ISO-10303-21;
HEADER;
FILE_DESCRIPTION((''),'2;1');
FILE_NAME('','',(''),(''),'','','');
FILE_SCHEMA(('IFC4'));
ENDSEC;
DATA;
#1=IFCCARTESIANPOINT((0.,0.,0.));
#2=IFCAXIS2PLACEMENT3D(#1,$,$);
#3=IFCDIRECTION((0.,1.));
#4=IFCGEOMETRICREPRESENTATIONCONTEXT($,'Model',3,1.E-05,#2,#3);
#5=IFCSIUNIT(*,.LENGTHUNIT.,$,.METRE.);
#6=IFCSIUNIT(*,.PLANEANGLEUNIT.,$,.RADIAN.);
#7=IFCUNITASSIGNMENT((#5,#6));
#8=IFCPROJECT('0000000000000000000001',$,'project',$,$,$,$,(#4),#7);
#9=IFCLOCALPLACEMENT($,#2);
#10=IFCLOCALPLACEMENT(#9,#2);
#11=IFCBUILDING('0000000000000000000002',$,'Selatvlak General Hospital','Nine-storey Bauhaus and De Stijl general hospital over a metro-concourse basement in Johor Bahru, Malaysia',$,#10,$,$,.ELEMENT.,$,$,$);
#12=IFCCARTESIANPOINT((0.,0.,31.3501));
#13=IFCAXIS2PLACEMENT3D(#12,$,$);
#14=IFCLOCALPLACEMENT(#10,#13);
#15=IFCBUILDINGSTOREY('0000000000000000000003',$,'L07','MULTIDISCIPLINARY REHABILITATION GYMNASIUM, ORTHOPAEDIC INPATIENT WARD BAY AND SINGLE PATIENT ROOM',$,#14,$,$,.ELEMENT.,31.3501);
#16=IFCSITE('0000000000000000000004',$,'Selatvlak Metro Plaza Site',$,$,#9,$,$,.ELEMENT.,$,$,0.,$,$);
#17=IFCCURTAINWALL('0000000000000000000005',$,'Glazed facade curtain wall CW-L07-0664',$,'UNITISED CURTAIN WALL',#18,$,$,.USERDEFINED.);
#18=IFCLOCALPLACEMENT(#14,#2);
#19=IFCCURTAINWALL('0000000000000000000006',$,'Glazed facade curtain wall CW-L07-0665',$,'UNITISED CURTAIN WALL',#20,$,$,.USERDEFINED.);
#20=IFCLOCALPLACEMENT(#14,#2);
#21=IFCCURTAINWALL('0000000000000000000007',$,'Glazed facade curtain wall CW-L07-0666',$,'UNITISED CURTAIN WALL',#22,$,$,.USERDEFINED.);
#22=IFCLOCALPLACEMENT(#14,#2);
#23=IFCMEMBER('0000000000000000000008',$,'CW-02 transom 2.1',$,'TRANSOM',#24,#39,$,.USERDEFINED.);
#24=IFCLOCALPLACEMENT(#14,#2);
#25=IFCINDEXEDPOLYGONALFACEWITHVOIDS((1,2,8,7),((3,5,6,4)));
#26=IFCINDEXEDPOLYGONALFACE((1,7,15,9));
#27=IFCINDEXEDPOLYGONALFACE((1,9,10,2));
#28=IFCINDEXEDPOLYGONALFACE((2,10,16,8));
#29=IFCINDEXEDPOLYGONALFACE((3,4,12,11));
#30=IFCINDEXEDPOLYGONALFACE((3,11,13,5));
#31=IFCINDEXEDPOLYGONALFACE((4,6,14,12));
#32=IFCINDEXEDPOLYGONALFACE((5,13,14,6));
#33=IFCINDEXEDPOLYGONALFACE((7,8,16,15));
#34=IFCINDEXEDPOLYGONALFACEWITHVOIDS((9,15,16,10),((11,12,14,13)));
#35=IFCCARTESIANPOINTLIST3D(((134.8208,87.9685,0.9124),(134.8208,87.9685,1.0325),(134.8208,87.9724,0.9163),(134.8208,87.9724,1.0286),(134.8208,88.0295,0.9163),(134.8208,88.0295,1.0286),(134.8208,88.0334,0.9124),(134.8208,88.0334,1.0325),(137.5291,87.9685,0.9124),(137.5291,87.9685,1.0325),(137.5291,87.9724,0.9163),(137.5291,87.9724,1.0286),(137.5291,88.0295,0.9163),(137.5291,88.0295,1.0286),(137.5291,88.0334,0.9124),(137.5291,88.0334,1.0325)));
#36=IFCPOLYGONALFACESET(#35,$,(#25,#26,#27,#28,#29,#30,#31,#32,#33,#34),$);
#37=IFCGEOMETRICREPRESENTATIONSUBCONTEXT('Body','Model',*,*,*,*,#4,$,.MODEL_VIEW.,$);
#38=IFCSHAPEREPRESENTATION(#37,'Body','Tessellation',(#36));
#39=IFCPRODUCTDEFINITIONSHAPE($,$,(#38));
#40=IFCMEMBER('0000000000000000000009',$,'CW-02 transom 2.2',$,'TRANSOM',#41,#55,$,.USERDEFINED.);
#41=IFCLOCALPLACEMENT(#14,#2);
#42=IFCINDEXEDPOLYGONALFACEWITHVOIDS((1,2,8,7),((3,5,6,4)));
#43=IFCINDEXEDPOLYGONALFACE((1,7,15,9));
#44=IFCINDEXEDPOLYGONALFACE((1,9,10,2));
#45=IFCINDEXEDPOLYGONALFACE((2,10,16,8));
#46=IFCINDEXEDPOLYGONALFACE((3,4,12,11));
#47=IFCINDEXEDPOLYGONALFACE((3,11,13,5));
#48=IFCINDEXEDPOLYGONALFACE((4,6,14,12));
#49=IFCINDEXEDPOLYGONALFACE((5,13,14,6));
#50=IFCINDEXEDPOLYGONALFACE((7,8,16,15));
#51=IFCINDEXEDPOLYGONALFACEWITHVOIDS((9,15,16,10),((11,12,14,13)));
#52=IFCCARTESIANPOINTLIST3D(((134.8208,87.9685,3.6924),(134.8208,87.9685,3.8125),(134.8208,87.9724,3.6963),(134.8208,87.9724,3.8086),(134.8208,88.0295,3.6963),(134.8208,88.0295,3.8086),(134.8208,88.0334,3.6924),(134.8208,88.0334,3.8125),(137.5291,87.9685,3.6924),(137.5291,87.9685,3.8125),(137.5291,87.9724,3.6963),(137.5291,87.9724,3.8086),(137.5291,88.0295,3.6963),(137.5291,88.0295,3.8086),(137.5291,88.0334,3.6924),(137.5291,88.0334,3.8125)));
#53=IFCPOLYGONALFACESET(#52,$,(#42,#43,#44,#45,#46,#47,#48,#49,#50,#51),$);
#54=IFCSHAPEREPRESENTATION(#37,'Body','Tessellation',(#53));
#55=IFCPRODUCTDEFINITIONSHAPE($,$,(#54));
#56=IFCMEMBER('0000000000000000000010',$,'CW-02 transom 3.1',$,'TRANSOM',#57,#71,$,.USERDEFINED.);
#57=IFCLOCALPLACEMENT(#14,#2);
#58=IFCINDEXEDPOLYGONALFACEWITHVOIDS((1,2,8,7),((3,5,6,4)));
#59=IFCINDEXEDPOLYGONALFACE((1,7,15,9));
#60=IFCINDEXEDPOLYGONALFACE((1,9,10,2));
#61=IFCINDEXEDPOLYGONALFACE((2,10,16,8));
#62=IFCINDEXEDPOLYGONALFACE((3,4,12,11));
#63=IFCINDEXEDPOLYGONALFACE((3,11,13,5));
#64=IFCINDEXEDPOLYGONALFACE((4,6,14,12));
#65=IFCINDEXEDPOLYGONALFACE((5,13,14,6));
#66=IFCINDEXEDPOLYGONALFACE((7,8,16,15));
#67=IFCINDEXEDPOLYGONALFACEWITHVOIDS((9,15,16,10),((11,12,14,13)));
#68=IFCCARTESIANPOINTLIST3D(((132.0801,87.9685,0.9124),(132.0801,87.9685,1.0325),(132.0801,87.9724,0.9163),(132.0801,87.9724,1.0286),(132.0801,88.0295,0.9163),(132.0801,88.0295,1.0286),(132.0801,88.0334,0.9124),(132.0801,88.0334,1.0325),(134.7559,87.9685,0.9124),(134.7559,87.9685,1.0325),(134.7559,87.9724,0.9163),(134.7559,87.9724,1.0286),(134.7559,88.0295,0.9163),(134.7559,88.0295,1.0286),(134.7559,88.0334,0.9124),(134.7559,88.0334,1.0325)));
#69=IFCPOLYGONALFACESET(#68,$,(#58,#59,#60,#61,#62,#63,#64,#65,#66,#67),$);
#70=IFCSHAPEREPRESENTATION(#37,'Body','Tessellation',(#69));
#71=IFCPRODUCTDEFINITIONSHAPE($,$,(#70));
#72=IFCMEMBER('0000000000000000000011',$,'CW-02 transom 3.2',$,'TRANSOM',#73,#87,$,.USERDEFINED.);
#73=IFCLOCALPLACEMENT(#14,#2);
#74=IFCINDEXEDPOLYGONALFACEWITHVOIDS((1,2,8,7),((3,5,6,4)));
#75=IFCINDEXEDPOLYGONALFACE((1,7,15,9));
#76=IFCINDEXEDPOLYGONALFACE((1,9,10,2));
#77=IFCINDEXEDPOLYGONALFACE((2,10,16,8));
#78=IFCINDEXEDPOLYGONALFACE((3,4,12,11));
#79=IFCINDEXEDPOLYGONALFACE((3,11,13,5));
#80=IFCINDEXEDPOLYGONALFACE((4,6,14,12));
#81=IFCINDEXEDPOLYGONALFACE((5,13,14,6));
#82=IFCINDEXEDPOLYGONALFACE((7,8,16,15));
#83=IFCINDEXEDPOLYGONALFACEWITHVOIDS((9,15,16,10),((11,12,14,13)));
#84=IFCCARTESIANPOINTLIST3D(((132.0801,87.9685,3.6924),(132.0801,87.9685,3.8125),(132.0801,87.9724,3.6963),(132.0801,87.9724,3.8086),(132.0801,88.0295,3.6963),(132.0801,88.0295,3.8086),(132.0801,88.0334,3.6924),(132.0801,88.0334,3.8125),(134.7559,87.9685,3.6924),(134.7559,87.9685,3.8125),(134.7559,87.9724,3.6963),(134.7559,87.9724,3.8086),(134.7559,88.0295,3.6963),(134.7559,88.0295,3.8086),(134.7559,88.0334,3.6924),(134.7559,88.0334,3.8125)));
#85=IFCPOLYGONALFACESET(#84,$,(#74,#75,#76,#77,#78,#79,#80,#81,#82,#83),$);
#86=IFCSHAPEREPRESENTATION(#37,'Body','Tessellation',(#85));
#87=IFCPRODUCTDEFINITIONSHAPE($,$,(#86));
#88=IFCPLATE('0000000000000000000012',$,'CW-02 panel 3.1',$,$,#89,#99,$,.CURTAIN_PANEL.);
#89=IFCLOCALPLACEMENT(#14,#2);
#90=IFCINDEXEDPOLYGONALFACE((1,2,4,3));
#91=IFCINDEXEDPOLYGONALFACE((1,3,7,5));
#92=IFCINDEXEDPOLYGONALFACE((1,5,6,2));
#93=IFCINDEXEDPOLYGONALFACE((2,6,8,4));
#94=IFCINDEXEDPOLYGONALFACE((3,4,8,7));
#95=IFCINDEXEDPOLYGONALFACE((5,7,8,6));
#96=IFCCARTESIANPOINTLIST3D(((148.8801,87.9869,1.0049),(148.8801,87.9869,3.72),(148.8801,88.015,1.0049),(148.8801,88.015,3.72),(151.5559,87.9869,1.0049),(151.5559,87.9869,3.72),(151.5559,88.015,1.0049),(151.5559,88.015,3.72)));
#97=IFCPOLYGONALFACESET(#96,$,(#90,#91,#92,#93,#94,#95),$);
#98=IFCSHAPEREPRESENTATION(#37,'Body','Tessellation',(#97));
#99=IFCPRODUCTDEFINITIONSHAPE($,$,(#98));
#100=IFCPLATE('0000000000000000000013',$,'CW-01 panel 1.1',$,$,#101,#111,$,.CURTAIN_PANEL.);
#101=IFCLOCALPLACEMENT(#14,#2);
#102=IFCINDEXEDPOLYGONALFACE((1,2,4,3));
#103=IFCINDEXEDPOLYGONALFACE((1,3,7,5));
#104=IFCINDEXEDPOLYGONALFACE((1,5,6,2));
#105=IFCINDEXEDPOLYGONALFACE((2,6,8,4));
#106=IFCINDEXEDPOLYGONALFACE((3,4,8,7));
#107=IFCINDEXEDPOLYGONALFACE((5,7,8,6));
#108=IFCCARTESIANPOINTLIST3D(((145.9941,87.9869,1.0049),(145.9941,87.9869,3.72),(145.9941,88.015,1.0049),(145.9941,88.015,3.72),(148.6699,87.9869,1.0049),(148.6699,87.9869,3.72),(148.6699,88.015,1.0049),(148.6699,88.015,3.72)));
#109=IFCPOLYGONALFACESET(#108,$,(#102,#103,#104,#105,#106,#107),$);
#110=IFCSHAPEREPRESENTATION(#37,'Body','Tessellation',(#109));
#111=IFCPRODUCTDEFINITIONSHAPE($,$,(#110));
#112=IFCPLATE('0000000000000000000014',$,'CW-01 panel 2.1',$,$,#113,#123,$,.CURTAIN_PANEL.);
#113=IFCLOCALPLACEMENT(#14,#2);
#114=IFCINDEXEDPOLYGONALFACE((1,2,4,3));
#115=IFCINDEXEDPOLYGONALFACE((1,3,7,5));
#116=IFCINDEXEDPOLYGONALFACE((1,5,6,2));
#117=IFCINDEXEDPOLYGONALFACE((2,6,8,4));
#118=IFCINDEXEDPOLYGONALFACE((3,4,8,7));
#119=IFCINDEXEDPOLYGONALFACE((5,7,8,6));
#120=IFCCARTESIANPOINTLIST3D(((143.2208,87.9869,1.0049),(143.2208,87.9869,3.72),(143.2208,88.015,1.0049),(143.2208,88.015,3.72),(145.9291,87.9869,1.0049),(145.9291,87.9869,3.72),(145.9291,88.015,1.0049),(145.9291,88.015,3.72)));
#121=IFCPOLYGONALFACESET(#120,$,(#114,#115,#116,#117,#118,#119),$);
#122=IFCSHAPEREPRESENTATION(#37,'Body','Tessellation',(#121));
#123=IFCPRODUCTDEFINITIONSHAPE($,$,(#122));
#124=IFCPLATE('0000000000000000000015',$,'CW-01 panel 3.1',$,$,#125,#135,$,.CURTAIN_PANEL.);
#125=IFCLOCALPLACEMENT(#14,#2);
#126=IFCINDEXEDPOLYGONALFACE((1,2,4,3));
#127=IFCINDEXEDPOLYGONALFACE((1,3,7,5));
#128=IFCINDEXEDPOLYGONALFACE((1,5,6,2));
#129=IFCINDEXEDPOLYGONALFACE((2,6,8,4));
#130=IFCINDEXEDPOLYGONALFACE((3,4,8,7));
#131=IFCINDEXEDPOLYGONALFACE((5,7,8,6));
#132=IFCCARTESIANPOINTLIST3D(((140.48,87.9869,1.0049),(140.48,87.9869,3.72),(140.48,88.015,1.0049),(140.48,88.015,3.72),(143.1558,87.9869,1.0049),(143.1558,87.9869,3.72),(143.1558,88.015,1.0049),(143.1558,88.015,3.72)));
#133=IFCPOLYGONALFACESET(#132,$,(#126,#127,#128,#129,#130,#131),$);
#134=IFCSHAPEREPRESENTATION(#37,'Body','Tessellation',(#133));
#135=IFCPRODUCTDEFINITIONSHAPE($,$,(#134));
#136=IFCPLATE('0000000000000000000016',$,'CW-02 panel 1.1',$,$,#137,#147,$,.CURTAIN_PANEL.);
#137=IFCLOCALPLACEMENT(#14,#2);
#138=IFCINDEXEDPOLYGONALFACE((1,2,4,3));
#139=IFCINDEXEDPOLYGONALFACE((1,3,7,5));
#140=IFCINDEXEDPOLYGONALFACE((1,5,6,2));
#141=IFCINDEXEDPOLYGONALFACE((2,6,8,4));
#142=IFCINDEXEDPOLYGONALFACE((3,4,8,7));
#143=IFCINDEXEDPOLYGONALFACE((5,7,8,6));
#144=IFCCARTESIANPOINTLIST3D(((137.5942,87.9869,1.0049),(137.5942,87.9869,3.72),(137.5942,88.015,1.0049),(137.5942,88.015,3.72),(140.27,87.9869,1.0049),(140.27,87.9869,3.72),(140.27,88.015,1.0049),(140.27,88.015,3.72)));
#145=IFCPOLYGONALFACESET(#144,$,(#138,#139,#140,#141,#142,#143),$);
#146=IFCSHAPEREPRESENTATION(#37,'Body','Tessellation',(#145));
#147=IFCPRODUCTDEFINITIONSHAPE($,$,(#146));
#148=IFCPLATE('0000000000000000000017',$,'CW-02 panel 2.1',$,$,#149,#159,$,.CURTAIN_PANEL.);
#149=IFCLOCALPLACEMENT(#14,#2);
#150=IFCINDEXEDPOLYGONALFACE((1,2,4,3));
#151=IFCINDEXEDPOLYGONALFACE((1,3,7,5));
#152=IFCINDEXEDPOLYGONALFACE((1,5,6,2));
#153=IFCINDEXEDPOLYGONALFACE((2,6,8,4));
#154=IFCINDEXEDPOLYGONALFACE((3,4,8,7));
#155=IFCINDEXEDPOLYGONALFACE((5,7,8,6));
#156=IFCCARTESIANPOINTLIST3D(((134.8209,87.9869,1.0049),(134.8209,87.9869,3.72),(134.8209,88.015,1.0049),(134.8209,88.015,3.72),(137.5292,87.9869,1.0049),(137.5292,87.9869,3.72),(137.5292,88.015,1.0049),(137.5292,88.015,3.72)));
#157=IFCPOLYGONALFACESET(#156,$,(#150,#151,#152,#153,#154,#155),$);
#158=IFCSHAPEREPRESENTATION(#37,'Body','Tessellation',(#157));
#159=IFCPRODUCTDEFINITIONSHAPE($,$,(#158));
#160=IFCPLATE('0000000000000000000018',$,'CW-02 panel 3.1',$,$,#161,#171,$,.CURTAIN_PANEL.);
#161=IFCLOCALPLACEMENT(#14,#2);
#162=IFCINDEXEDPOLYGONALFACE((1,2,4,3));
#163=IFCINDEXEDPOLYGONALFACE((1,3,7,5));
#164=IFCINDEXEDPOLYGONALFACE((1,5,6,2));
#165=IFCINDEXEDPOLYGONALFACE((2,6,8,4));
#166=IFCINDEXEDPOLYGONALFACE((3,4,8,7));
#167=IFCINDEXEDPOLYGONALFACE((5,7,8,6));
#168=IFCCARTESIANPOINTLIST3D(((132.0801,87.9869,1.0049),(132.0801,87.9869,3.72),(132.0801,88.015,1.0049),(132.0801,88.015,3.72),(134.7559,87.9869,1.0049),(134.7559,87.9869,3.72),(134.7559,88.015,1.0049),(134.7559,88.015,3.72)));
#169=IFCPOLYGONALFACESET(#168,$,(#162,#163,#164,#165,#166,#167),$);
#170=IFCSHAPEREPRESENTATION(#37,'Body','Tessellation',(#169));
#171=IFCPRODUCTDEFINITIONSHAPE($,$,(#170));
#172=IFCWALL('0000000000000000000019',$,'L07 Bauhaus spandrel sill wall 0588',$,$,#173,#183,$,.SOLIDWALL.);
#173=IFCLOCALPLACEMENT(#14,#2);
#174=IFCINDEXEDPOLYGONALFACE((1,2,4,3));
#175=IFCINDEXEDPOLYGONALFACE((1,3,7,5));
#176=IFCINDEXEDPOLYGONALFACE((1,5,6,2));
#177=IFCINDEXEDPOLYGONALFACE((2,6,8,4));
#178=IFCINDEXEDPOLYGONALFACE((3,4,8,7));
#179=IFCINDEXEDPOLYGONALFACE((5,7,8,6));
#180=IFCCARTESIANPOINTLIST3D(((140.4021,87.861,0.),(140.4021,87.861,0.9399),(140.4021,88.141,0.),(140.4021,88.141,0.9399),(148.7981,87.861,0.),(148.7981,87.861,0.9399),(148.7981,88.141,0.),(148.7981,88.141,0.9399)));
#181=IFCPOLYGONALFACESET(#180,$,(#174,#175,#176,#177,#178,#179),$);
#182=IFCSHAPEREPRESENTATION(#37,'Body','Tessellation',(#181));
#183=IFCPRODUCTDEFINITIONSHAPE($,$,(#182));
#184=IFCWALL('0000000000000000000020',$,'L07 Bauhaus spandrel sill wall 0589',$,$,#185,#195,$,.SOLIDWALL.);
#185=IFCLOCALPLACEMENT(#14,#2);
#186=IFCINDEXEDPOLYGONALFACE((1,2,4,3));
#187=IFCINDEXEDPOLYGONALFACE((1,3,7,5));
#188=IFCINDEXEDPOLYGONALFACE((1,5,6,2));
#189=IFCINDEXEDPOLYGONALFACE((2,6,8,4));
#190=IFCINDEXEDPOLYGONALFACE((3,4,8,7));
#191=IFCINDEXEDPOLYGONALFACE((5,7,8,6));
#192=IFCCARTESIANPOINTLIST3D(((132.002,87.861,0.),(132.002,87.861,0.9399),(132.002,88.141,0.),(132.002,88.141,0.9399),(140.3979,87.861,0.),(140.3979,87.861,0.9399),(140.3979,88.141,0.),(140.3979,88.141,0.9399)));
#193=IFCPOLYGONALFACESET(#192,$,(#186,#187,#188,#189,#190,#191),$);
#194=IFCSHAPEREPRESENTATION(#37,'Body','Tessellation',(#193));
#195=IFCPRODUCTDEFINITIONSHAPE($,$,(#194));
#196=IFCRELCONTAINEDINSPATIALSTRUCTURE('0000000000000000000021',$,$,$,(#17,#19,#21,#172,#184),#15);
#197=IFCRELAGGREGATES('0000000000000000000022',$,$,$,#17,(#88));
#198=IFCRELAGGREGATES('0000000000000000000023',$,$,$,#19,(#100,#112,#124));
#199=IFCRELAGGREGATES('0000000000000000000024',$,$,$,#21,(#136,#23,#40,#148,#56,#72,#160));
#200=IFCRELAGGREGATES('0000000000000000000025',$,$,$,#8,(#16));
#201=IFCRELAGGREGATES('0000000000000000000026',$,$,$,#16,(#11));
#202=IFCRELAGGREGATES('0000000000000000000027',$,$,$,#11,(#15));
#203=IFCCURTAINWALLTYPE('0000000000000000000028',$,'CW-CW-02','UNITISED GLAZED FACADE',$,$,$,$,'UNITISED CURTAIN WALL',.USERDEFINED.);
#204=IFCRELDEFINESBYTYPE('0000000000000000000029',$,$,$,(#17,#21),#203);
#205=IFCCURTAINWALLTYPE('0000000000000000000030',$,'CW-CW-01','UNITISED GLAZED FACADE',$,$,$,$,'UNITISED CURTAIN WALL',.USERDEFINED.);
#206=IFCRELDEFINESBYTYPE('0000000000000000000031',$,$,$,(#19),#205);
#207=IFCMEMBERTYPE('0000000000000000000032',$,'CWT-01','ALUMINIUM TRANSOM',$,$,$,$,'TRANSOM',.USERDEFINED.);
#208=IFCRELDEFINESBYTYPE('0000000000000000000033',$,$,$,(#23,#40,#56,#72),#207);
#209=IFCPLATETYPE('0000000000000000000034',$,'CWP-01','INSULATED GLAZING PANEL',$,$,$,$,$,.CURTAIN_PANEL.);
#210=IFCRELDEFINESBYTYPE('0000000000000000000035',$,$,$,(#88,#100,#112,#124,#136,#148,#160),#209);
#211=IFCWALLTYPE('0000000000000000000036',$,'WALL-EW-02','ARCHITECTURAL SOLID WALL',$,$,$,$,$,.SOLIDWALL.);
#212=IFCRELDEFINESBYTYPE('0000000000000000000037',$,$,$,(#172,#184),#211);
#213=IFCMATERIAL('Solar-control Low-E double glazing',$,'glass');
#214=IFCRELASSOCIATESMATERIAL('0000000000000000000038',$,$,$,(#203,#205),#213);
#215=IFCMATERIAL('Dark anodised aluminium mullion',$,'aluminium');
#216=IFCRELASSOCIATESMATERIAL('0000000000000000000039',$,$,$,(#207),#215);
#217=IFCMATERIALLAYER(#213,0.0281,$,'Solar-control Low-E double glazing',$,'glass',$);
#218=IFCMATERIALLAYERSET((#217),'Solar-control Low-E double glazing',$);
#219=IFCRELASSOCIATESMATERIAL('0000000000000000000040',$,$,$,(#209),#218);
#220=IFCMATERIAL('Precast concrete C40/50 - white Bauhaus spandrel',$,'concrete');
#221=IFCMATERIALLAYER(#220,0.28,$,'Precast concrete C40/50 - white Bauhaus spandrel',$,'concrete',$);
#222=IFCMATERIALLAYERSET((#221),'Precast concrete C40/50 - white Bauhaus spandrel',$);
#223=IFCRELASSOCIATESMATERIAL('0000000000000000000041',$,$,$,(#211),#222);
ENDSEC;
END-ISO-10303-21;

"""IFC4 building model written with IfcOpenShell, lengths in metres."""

from ifc_helpers import new_model, si_unit, direction, frame, frame_2d, origin, origin_2d, place, context, subcontext, project, spatial, rectangle, hollow_rectangle, extrude, material, layer, layer_set, material_profile, profile_set, type_object, element, aggregate, save


model = new_model("IFC4")

# Units and contexts
model_context = context("Model", 3, precision=1e-05, world=origin(), true_north=direction((0.0, 1.0)))
body_context = subcontext(model_context, "Body", "Model", "MODEL_VIEW")
ifc_project = project(units=[si_unit("LENGTHUNIT", "METRE"), si_unit("PLANEANGLEUNIT", "RADIAN")], contexts=[model_context])

# Site, building, storey
site_placement = place(None, origin())
site = spatial("IfcSite", under=ifc_project, at=site_placement, Name="Selatvlak Metro Plaza Site", CompositionType="ELEMENT", RefElevation=0.0)
building_placement = place(site_placement, origin())
building = spatial("IfcBuilding", under=site, at=building_placement, Name="Selatvlak General Hospital", Description="Nine-storey Bauhaus and De Stijl general hospital over a metro-concourse basement in Johor Bahru, Malaysia", CompositionType="ELEMENT")
storey_placement = place(building_placement, frame((0.0, 0.0, 31.3501)))
storey = spatial("IfcBuildingStorey", under=building, at=storey_placement, Name="L07", Description="MULTIDISCIPLINARY REHABILITATION GYMNASIUM, ORTHOPAEDIC INPATIENT WARD BAY AND SINGLE PATIENT ROOM", CompositionType="ELEMENT", Elevation=31.3501)

# Curtain wall
ifc_material_1 = material(Name="Solar-control Low-E double glazing", Category="glass")
curtain_wall_type_1 = type_object("IfcCurtainWallType", Name="CW-CW-02", Description="UNITISED GLAZED FACADE", ElementType="UNITISED CURTAIN WALL", PredefinedType="USERDEFINED", material=ifc_material_1)
curtain_wall_1_placement = place(storey_placement, origin())
curtain_wall_1 = element("IfcCurtainWall", 1, at=curtain_wall_1_placement, inside=storey, type_object=curtain_wall_type_1, Name="Glazed facade curtain wall CW-L07-0664", ObjectType="UNITISED CURTAIN WALL", PredefinedType="USERDEFINED")
ifc_material_2 = material(Name="Dark anodised aluminium mullion", Category="aluminium")

# Curtain walls
curtain_wall_type_2 = type_object("IfcCurtainWallType", Name="CW-CW-01", Description="UNITISED GLAZED FACADE", ElementType="UNITISED CURTAIN WALL", PredefinedType="USERDEFINED", material=ifc_material_1)
curtain_wall_2_placement = place(storey_placement, origin())
curtain_wall_2 = element("IfcCurtainWall", 2, at=curtain_wall_2_placement, inside=storey, type_object=curtain_wall_type_2, Name="Glazed facade curtain wall CW-L07-0665", ObjectType="UNITISED CURTAIN WALL", PredefinedType="USERDEFINED")
curtain_wall_3_placement = place(storey_placement, origin())
curtain_wall_3 = element("IfcCurtainWall", 3, at=curtain_wall_3_placement, inside=storey, type_object=curtain_wall_type_1, Name="Glazed facade curtain wall CW-L07-0666", ObjectType="UNITISED CURTAIN WALL", PredefinedType="USERDEFINED")

# Members
ifc_material_profile_1 = material_profile(ifc_material_2, hollow_rectangle(XDim=0.0649, YDim=0.1201, WallThickness=0.0039, at=origin_2d()), Name="AL-TRN 65x120x4")
ifc_profile_set_1 = profile_set([ifc_material_profile_1], Name="Dark anodised aluminium mullion")
member_type_1 = type_object("IfcMemberType", Name="CWT-01", Description="ALUMINIUM TRANSOM", ElementType="TRANSOM", PredefinedType="USERDEFINED", material=ifc_profile_set_1)
member_1_placement = place(storey_placement, frame((137.5291, 88.001, 0.9724), z_axis=(-1.0, 0.0, 0.0), x_axis=(0.0, -1.0, 0.0)))
member_1 = element("IfcMember", 4, at=member_1_placement, type_object=member_type_1, Name="CW-02 transom 2.1", ObjectType="TRANSOM", PredefinedType="USERDEFINED", context=body_context, shape_type="SweptSolid", body=[
    extrude(hollow_rectangle(XDim=0.0649, YDim=0.1201, WallThickness=0.0039, at=origin_2d()), origin(), (0.0, 0.0, 1.0), 2.7083),
])
member_2_placement = place(storey_placement, frame((137.5291, 88.001, 3.7524), z_axis=(-1.0, 0.0, 0.0), x_axis=(0.0, -1.0, 0.0)))
member_2 = element("IfcMember", 5, at=member_2_placement, type_object=member_type_1, Name="CW-02 transom 2.2", ObjectType="TRANSOM", PredefinedType="USERDEFINED", context=body_context, shape_type="SweptSolid", body=[
    extrude(hollow_rectangle(XDim=0.0649, YDim=0.1201, WallThickness=0.0039, at=origin_2d()), origin(), (0.0, 0.0, 1.0), 2.7083),
])
member_3_placement = place(storey_placement, frame((134.7559, 88.001, 0.9724), z_axis=(-1.0, 0.0, 0.0), x_axis=(0.0, -1.0, 0.0)))
member_3 = element("IfcMember", 6, at=member_3_placement, type_object=member_type_1, Name="CW-02 transom 3.1", ObjectType="TRANSOM", PredefinedType="USERDEFINED", context=body_context, shape_type="SweptSolid", body=[
    extrude(hollow_rectangle(XDim=0.0649, YDim=0.1201, WallThickness=0.0039, at=origin_2d()), origin(), (0.0, 0.0, 1.0), 2.6758),
])
member_4_placement = place(storey_placement, frame((134.7559, 88.001, 3.7524), z_axis=(-1.0, 0.0, 0.0), x_axis=(0.0, -1.0, 0.0)))
member_4 = element("IfcMember", 7, at=member_4_placement, type_object=member_type_1, Name="CW-02 transom 3.2", ObjectType="TRANSOM", PredefinedType="USERDEFINED", context=body_context, shape_type="SweptSolid", body=[
    extrude(hollow_rectangle(XDim=0.0649, YDim=0.1201, WallThickness=0.0039, at=origin_2d()), origin(), (0.0, 0.0, 1.0), 2.6758),
])

# Plates
ifc_layer_1 = layer(ifc_material_1, 0.0281, Name="Solar-control Low-E double glazing", Category="glass")
ifc_layer_set_1 = layer_set([ifc_layer_1], Name="Solar-control Low-E double glazing")
plate_type = type_object("IfcPlateType", Name="CWP-01", Description="INSULATED GLAZING PANEL", PredefinedType="CURTAIN_PANEL", material=ifc_layer_set_1)
plate_1_placement = place(storey_placement, frame((150.218, 88.001, 1.0049), z_axis=(0.0, 0.0, 1.0), x_axis=(-1.0, 0.0, 0.0)))
plate_1 = element("IfcPlate", 8, at=plate_1_placement, type_object=plate_type, Name="CW-02 panel 3.1", PredefinedType="CURTAIN_PANEL", context=body_context, shape_type="SweptSolid", body=[
    extrude(rectangle(XDim=2.6758, YDim=0.0281, at=origin_2d()), origin(), (0.0, 0.0, 1.0), 2.7151),
])
aggregate(curtain_wall_1, [plate_1])
plate_2_placement = place(storey_placement, frame((147.332, 88.001, 1.0049), z_axis=(0.0, 0.0, 1.0), x_axis=(-1.0, 0.0, 0.0)))
plate_2 = element("IfcPlate", 9, at=plate_2_placement, type_object=plate_type, Name="CW-01 panel 1.1", PredefinedType="CURTAIN_PANEL", context=body_context, shape_type="SweptSolid", body=[
    extrude(rectangle(XDim=2.6758, YDim=0.0281, at=origin_2d()), origin(), (0.0, 0.0, 1.0), 2.7151),
])
plate_3_placement = place(storey_placement, frame((144.575, 88.001, 1.0049), z_axis=(0.0, 0.0, 1.0), x_axis=(-1.0, 0.0, 0.0)))
plate_3 = element("IfcPlate", 10, at=plate_3_placement, type_object=plate_type, Name="CW-01 panel 2.1", PredefinedType="CURTAIN_PANEL", context=body_context, shape_type="SweptSolid", body=[
    extrude(rectangle(XDim=2.7083, YDim=0.0281, at=origin_2d()), origin(), (0.0, 0.0, 1.0), 2.7151),
])
plate_4_placement = place(storey_placement, frame((141.8179, 88.001, 1.0049), z_axis=(0.0, 0.0, 1.0), x_axis=(-1.0, 0.0, 0.0)))
plate_4 = element("IfcPlate", 11, at=plate_4_placement, type_object=plate_type, Name="CW-01 panel 3.1", PredefinedType="CURTAIN_PANEL", context=body_context, shape_type="SweptSolid", body=[
    extrude(rectangle(XDim=2.6758, YDim=0.0281, at=origin_2d()), origin(), (0.0, 0.0, 1.0), 2.7151),
])
aggregate(curtain_wall_2, [plate_2, plate_3, plate_4])
plate_5_placement = place(storey_placement, frame((138.9321, 88.001, 1.0049), z_axis=(0.0, 0.0, 1.0), x_axis=(-1.0, 0.0, 0.0)))
plate_5 = element("IfcPlate", 12, at=plate_5_placement, type_object=plate_type, Name="CW-02 panel 1.1", PredefinedType="CURTAIN_PANEL", context=body_context, shape_type="SweptSolid", body=[
    extrude(rectangle(XDim=2.6758, YDim=0.0281, at=origin_2d()), origin(), (0.0, 0.0, 1.0), 2.7151),
])
plate_6_placement = place(storey_placement, frame((136.175, 88.001, 1.0049), z_axis=(0.0, 0.0, 1.0), x_axis=(-1.0, 0.0, 0.0)))
plate_6 = element("IfcPlate", 13, at=plate_6_placement, type_object=plate_type, Name="CW-02 panel 2.1", PredefinedType="CURTAIN_PANEL", context=body_context, shape_type="SweptSolid", body=[
    extrude(rectangle(XDim=2.7083, YDim=0.0281, at=origin_2d()), origin(), (0.0, 0.0, 1.0), 2.7151),
])
plate_7_placement = place(storey_placement, frame((133.418, 88.001, 1.0049), z_axis=(0.0, 0.0, 1.0), x_axis=(-1.0, 0.0, 0.0)))
plate_7 = element("IfcPlate", 14, at=plate_7_placement, type_object=plate_type, Name="CW-02 panel 3.1", PredefinedType="CURTAIN_PANEL", context=body_context, shape_type="SweptSolid", body=[
    extrude(rectangle(XDim=2.6758, YDim=0.0281, at=origin_2d()), origin(), (0.0, 0.0, 1.0), 2.7151),
])
aggregate(curtain_wall_3, [plate_5, member_1, member_2, plate_6, member_3, member_4, plate_7])

# Walls
ifc_material_3 = material(Name="Precast concrete C40/50 - white Bauhaus spandrel", Category="concrete")
ifc_layer_2 = layer(ifc_material_3, 0.28, Name="Precast concrete C40/50 - white Bauhaus spandrel", Category="concrete")
ifc_layer_set_2 = layer_set([ifc_layer_2], Name="Precast concrete C40/50 - white Bauhaus spandrel")
wall_type = type_object("IfcWallType", Name="WALL-EW-02", Description="ARCHITECTURAL SOLID WALL", PredefinedType="SOLIDWALL", material=ifc_layer_set_2)
for number, where, z_axis, x_axis, name in (
    (15, (148.7981, 88.001, 0.0), (0.0, 0.0, 1.0), (-1.0, 0.0, 0.0), "L07 Bauhaus spandrel sill wall 0588"),
    (16, (140.3979, 88.001, 0.0), (0.0, 0.0, 1.0), (-1.0, 0.0, 0.0), "L07 Bauhaus spandrel sill wall 0589"),
):
    element("IfcWall", number, at=place(storey_placement, frame(where, z_axis=z_axis, x_axis=x_axis)), inside=storey, type_object=wall_type, Name=name, PredefinedType="SOLIDWALL", context=body_context, shape_type="SweptSolid", body=[
        extrude(rectangle(XDim=8.396, YDim=0.28, at=frame_2d((4.198, 0.0))), origin(), (0.0, 0.0, 1.0), 0.9399),
    ])

save(model, "model.ifc")
